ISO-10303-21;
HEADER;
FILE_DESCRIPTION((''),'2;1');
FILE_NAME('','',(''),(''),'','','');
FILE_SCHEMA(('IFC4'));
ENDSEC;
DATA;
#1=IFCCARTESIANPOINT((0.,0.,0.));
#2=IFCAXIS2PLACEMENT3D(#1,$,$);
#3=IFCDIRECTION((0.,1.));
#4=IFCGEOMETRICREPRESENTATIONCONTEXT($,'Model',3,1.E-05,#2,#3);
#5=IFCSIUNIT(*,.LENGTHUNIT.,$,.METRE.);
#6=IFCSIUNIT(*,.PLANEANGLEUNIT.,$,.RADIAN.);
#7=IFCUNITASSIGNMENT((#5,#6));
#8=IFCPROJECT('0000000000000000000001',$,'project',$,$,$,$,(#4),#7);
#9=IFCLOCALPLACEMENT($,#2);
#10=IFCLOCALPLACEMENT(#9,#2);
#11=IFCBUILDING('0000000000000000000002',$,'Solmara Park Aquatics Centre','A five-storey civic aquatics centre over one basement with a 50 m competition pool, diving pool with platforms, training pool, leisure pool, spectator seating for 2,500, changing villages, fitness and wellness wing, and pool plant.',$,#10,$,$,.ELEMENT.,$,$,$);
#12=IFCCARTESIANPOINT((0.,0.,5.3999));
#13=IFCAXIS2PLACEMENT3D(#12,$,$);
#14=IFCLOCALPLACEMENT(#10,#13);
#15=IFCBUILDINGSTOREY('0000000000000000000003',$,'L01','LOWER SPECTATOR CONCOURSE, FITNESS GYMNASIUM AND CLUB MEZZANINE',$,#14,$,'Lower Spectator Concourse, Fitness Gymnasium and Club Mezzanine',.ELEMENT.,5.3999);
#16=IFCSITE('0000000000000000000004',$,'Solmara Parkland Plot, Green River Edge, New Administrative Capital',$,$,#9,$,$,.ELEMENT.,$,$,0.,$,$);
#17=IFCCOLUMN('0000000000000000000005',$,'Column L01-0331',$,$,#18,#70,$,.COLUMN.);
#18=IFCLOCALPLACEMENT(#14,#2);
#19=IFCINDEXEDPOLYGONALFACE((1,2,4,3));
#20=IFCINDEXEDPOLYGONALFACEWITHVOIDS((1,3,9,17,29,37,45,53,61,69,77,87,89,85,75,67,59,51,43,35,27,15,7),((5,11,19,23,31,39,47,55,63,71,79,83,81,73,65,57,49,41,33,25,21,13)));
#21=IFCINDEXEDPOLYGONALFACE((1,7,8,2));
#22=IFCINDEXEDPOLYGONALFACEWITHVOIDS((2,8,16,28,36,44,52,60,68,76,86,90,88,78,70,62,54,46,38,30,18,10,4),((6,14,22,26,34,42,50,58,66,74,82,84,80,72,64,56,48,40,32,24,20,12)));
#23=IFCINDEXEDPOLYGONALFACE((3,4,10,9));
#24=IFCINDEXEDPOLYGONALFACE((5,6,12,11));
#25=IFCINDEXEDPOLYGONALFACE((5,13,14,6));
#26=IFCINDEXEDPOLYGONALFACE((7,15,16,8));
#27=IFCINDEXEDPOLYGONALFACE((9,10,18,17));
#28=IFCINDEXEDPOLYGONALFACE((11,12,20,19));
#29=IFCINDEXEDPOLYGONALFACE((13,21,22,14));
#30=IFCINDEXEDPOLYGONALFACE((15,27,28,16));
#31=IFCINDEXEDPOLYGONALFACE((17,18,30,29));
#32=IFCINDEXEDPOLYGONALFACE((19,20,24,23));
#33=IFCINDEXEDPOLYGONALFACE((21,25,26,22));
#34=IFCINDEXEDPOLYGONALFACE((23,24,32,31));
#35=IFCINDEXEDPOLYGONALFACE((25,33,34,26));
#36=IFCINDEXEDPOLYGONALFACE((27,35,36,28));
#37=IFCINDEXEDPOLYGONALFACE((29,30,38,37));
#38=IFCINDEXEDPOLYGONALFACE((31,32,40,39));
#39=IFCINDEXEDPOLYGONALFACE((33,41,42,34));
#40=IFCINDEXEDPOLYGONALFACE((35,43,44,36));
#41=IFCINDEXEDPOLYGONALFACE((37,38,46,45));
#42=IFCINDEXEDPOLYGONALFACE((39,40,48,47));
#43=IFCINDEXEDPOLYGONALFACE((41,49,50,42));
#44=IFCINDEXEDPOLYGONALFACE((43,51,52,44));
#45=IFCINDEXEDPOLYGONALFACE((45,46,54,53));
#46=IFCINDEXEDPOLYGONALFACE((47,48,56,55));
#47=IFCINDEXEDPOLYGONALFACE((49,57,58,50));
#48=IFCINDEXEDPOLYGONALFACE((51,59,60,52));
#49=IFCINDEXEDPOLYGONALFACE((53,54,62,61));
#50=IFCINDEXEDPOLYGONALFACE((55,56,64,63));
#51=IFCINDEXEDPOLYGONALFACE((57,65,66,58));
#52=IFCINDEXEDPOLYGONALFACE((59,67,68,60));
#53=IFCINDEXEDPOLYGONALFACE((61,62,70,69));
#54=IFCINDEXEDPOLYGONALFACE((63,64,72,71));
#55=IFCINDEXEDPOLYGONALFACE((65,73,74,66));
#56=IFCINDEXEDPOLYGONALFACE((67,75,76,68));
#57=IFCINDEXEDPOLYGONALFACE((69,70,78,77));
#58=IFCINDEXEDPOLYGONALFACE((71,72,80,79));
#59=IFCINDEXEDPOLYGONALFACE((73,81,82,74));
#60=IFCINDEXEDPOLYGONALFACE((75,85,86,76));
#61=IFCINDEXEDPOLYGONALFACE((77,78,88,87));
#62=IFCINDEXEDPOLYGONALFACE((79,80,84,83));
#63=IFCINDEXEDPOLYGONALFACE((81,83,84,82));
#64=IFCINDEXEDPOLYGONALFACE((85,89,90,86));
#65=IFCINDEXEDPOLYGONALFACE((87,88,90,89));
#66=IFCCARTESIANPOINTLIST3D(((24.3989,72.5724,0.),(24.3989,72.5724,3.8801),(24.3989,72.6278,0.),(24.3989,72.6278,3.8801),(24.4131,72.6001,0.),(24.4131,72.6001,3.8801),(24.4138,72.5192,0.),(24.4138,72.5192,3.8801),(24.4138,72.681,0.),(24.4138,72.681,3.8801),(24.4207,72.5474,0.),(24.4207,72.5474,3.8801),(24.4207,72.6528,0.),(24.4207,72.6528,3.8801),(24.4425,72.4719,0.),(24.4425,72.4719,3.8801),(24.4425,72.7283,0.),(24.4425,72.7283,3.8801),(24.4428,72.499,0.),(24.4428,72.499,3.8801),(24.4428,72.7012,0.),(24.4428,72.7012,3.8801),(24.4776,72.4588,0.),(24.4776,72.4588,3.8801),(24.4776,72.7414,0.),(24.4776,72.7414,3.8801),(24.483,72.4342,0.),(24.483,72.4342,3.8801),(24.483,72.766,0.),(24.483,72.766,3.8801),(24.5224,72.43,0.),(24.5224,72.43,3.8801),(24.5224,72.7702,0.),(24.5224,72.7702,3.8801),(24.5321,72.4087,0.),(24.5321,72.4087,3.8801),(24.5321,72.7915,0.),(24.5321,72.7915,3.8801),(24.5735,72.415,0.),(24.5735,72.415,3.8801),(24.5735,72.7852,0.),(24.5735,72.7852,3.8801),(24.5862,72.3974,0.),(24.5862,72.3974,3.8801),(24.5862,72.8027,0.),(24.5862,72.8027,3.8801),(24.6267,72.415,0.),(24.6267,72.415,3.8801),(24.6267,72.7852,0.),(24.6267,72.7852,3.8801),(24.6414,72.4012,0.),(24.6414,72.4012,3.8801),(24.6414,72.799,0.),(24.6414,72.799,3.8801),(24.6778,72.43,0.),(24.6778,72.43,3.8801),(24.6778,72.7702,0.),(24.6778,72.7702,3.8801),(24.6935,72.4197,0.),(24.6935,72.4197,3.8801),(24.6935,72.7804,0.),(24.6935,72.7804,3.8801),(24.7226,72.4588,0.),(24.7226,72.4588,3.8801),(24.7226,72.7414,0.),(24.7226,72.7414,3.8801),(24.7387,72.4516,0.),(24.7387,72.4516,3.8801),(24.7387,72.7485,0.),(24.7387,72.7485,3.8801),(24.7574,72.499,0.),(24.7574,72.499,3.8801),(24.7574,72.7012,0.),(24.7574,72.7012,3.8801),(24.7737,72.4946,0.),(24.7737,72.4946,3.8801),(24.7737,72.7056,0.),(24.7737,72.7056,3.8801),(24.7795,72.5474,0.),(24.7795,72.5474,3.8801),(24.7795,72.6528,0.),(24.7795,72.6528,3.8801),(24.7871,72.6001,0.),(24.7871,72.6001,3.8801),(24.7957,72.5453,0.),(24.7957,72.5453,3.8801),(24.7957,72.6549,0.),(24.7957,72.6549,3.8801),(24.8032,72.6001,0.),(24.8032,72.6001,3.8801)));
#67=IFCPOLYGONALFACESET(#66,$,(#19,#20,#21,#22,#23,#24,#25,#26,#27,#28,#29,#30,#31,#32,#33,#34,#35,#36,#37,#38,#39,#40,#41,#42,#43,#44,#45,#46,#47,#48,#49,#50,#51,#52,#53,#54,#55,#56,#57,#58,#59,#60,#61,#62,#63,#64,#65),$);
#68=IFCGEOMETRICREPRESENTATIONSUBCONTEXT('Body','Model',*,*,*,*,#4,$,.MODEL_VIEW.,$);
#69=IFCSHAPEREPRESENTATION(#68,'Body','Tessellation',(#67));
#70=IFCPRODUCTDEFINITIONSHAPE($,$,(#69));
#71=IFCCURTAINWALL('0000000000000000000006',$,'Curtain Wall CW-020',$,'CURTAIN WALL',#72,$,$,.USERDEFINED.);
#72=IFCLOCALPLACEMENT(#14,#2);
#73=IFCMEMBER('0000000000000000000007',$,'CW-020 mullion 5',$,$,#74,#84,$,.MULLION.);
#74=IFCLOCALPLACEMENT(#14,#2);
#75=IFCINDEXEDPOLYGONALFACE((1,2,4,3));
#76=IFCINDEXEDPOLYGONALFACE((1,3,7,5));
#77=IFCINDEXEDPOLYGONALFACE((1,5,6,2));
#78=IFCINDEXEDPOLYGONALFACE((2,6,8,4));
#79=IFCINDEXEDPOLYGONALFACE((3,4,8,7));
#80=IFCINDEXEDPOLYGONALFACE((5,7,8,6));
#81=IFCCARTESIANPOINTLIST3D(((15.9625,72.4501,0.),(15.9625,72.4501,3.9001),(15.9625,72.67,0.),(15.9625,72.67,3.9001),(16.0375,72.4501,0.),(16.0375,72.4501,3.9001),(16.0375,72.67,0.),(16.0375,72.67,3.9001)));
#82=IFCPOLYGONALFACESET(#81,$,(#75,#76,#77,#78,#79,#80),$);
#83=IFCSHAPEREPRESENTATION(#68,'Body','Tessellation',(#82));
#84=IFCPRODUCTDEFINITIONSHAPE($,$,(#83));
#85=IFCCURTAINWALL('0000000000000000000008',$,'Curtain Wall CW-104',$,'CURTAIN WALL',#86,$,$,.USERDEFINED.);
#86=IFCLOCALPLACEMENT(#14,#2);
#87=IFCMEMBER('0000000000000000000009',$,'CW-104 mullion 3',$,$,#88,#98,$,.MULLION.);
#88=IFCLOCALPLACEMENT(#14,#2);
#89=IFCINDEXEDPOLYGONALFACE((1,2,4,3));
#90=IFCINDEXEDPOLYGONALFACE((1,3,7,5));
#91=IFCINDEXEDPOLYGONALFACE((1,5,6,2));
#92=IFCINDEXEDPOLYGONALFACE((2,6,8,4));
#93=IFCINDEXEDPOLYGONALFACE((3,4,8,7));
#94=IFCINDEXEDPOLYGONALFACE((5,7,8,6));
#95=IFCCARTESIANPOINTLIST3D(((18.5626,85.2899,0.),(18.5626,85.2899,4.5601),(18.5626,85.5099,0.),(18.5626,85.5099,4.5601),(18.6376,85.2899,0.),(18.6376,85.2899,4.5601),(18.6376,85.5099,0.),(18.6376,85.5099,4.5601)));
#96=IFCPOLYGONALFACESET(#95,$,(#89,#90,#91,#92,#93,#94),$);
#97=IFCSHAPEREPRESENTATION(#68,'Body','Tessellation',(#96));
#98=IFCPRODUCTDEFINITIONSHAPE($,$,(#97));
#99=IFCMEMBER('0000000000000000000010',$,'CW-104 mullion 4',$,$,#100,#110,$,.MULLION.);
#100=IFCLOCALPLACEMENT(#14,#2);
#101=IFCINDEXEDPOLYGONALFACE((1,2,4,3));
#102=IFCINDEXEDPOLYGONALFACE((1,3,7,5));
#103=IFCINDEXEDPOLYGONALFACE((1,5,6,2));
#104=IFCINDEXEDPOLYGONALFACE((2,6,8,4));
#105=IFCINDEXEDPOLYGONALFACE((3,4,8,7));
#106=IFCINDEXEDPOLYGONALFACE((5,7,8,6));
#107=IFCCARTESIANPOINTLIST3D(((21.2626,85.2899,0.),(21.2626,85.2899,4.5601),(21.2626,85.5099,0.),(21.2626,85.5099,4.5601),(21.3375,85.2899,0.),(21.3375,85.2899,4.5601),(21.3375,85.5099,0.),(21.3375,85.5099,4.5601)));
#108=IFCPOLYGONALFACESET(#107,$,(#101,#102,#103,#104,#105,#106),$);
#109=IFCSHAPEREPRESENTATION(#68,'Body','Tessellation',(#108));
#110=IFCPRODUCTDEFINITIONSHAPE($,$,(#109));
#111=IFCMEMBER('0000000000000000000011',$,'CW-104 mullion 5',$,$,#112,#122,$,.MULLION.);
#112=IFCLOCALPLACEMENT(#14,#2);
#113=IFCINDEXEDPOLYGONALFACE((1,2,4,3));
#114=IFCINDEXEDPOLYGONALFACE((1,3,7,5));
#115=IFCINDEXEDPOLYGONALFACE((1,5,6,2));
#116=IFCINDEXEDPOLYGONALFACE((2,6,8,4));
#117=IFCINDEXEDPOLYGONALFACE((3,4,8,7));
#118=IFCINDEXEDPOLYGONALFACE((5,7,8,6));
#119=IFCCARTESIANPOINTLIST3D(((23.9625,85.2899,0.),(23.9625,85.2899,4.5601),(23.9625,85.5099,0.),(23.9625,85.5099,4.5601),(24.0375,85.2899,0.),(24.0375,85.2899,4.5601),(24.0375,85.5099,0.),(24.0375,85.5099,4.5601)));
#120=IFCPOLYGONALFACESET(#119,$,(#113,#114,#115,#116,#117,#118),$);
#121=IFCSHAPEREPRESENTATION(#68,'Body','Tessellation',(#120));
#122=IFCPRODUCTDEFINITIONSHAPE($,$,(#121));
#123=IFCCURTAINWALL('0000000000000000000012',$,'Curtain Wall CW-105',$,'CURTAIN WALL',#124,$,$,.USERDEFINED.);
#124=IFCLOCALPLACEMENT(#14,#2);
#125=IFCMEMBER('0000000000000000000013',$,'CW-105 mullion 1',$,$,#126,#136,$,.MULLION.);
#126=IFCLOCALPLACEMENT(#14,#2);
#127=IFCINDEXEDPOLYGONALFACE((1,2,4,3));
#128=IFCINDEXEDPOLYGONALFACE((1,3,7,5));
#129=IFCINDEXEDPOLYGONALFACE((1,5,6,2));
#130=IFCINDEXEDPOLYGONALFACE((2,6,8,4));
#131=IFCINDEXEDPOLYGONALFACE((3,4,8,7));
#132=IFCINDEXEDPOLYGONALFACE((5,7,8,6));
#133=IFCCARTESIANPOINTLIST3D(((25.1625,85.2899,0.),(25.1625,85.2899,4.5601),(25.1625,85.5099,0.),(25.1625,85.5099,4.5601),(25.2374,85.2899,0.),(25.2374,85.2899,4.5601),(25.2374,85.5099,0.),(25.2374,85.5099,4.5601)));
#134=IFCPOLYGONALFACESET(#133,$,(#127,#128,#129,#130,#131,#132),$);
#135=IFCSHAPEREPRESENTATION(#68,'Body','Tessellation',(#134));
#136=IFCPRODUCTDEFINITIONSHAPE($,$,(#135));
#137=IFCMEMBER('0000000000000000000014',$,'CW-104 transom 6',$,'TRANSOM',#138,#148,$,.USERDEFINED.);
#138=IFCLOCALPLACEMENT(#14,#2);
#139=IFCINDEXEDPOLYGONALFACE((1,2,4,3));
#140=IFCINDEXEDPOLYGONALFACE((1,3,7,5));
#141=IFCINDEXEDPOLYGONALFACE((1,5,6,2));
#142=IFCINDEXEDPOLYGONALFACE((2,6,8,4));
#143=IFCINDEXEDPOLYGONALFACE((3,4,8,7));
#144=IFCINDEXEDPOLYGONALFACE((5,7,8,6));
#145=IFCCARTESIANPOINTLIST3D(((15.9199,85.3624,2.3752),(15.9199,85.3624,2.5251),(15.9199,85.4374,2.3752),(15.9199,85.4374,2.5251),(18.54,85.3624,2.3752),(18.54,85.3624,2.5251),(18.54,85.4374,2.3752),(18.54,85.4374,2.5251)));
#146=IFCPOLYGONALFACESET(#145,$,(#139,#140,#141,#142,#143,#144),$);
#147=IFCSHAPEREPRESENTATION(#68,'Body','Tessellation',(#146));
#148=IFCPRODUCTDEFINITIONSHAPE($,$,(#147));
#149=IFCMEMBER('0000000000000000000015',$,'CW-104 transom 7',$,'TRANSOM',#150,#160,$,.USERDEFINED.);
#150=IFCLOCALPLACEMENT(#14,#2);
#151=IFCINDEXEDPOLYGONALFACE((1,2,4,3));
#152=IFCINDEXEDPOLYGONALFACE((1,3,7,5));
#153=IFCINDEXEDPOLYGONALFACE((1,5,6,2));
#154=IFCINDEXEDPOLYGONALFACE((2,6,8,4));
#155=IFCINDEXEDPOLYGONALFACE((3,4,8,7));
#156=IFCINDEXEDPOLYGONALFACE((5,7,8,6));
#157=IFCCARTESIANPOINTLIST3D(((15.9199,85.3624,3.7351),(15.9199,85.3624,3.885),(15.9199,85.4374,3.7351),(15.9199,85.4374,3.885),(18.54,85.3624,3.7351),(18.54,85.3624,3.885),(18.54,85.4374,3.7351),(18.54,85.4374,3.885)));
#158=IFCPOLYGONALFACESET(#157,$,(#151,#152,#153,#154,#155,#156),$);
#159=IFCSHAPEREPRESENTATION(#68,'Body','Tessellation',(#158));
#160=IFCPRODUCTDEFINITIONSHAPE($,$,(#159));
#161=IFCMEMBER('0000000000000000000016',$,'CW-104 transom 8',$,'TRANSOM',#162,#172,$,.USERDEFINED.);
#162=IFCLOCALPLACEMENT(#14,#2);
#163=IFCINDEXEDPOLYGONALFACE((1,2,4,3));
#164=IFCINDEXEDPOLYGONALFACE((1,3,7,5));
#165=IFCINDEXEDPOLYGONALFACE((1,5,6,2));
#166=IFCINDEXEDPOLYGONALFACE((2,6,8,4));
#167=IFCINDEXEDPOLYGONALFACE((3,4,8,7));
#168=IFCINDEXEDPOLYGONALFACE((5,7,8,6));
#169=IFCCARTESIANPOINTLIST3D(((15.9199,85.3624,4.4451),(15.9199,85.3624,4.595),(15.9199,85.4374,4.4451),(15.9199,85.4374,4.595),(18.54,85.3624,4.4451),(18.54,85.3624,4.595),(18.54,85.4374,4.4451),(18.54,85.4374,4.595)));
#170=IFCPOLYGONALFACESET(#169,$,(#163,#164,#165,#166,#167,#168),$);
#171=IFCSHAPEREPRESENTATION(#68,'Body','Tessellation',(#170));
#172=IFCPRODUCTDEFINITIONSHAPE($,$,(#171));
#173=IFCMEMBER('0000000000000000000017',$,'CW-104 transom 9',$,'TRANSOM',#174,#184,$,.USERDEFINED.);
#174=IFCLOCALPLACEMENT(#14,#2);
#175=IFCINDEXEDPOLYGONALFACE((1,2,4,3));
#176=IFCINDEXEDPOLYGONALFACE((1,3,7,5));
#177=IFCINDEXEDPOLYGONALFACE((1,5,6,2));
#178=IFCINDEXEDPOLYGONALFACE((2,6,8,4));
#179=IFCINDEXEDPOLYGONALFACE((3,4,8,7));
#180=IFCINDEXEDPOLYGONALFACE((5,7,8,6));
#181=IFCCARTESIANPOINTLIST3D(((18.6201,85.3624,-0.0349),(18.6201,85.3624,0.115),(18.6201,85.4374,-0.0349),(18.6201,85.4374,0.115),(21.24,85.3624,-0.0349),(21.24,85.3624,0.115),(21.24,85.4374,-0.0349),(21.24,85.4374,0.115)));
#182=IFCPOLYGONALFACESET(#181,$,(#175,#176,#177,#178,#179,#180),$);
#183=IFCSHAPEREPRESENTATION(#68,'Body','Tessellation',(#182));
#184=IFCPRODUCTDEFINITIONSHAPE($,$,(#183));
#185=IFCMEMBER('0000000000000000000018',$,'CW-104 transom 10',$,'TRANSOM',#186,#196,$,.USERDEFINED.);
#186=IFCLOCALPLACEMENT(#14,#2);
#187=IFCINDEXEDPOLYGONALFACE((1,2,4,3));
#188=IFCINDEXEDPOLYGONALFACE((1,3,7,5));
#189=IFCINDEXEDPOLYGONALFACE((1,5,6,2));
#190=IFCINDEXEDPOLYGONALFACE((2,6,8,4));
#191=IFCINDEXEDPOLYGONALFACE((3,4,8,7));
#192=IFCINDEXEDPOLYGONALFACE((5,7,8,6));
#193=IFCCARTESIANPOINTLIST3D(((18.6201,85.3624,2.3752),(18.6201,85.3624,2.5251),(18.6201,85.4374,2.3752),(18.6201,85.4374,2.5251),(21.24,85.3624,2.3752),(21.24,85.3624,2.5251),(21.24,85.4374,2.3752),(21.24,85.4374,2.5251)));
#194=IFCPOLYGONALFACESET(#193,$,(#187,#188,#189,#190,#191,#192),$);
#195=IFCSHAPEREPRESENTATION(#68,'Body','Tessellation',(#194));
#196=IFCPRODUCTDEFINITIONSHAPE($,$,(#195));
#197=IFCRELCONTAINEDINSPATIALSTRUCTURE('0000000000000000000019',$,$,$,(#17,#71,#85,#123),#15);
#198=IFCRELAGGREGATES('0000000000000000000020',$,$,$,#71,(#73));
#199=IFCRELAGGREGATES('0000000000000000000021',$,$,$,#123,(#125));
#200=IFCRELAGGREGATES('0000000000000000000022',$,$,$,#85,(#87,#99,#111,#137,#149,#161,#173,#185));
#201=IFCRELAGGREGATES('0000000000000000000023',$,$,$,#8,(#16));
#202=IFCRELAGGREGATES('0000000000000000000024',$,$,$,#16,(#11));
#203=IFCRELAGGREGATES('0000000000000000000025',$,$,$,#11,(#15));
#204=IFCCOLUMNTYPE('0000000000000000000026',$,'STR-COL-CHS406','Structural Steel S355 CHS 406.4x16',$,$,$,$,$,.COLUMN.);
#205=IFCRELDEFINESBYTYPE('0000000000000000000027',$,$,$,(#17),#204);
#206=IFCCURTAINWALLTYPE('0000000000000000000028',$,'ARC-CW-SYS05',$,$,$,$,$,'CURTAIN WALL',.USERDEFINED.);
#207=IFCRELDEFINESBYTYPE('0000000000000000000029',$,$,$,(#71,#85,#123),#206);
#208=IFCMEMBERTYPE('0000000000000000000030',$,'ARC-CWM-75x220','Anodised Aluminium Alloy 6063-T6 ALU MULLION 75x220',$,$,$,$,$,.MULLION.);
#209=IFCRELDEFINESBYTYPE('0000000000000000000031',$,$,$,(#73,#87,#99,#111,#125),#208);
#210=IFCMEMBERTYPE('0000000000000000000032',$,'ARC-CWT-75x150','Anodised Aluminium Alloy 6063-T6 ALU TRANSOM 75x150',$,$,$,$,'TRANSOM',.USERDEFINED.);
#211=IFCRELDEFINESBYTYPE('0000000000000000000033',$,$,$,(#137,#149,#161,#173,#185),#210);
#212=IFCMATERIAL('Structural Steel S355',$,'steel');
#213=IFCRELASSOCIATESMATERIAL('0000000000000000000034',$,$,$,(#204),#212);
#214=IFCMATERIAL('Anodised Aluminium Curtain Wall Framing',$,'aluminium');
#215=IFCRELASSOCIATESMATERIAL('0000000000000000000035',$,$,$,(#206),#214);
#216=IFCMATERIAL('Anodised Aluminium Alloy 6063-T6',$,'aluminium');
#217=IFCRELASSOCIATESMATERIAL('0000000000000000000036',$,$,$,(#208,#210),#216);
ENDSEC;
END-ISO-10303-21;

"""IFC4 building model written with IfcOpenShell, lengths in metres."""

from ifc_helpers import new_model, si_unit, direction, frame, origin, origin_2d, place, context, subcontext, project, spatial, rectangle, hollow_circle, extrude, material, material_profile, profile_set, type_object, element, aggregate, save


model = new_model("IFC4")

# Units and contexts
model_context = context("Model", 3, precision=1e-05, world=origin(), true_north=direction((0.0, 1.0)))
body_context = subcontext(model_context, "Body", "Model", "MODEL_VIEW")
ifc_project = project(units=[si_unit("LENGTHUNIT", "METRE"), si_unit("PLANEANGLEUNIT", "RADIAN")], contexts=[model_context])

# Site, building, storey
site_placement = place(None, origin())
site = spatial("IfcSite", under=ifc_project, at=site_placement, Name="Solmara Parkland Plot, Green River Edge, New Administrative Capital", CompositionType="ELEMENT", RefElevation=0.0)
building_placement = place(site_placement, origin())
building = spatial("IfcBuilding", under=site, at=building_placement, Name="Solmara Park Aquatics Centre", Description="A five-storey civic aquatics centre over one basement with a 50 m competition pool, diving pool with platforms, training pool, leisure pool, spectator seating for 2,500, changing villages, fitness and wellness wing, and pool plant.", CompositionType="ELEMENT")
storey_placement = place(building_placement, frame((0.0, 0.0, 5.3999)))
storey = spatial("IfcBuildingStorey", under=building, at=storey_placement, Name="L01", Description="LOWER SPECTATOR CONCOURSE, FITNESS GYMNASIUM AND CLUB MEZZANINE", LongName="Lower Spectator Concourse, Fitness Gymnasium and Club Mezzanine", CompositionType="ELEMENT", Elevation=5.3999)

# Column
ifc_material_1 = material(Name="Structural Steel S355", Category="steel")
ifc_material_profile_1 = material_profile(ifc_material_1, hollow_circle(Radius=0.2031, WallThickness=0.0161, at=origin_2d()), Name="CHS 406.4x16")
ifc_profile_set_1 = profile_set([ifc_material_profile_1], Name="Structural Steel S355")
column_type = type_object("IfcColumnType", Name="STR-COL-CHS406", Description="Structural Steel S355 CHS 406.4x16", PredefinedType="COLUMN", material=ifc_profile_set_1)
column_placement = place(storey_placement, frame((24.6001, 72.6001, 0.0), z_axis=(0.0, 0.0, 1.0), x_axis=(1.0, 0.0, 0.0)))
element("IfcColumn", 1, at=column_placement, inside=storey, type_object=column_type, Name="Column L01-0331", PredefinedType="COLUMN", context=body_context, shape_type="SweptSolid", body=[
    extrude(hollow_circle(Radius=0.2031, WallThickness=0.0161, at=origin_2d()), origin(), (0.0, 0.0, 1.0), 3.8801),
])

# Curtain wall, member
ifc_material_2 = material(Name="Anodised Aluminium Curtain Wall Framing", Category="aluminium")
curtain_wall_type = type_object("IfcCurtainWallType", Name="ARC-CW-SYS05", ElementType="CURTAIN WALL", PredefinedType="USERDEFINED", material=ifc_material_2)
curtain_wall_1_placement = place(storey_placement, origin())
curtain_wall_1 = element("IfcCurtainWall", 2, at=curtain_wall_1_placement, inside=storey, type_object=curtain_wall_type, Name="Curtain Wall CW-020", ObjectType="CURTAIN WALL", PredefinedType="USERDEFINED")
ifc_material_3 = material(Name="Anodised Aluminium Alloy 6063-T6", Category="aluminium")
ifc_material_profile_2 = material_profile(ifc_material_3, rectangle(XDim=0.075, YDim=0.22, at=origin_2d()), Name="ALU MULLION 75x220")
ifc_profile_set_2 = profile_set([ifc_material_profile_2], Name="Anodised Aluminium Alloy 6063-T6")
member_type_1 = type_object("IfcMemberType", Name="ARC-CWM-75x220", Description="Anodised Aluminium Alloy 6063-T6 ALU MULLION 75x220", PredefinedType="MULLION", material=ifc_profile_set_2)
member_1_placement = place(storey_placement, frame((16.0, 72.5601, 0.0), z_axis=(0.0, 0.0, 1.0), x_axis=(1.0, 0.0, 0.0)))
member_1 = element("IfcMember", 3, at=member_1_placement, type_object=member_type_1, Name="CW-020 mullion 5", PredefinedType="MULLION", context=body_context, shape_type="SweptSolid", body=[
    extrude(rectangle(XDim=0.075, YDim=0.22, at=origin_2d()), origin(), (0.0, 0.0, 1.0), 3.9001),
])
aggregate(curtain_wall_1, [member_1])

# Curtain wall, members
curtain_wall_2_placement = place(storey_placement, origin())
curtain_wall_2 = element("IfcCurtainWall", 4, at=curtain_wall_2_placement, inside=storey, type_object=curtain_wall_type, Name="Curtain Wall CW-104", ObjectType="CURTAIN WALL", PredefinedType="USERDEFINED")
member_2_placement = place(storey_placement, frame((18.6001, 85.3999, 0.0), z_axis=(0.0, 0.0, 1.0), x_axis=(1.0, 0.0, 0.0)))
member_2 = element("IfcMember", 5, at=member_2_placement, type_object=member_type_1, Name="CW-104 mullion 3", PredefinedType="MULLION", context=body_context, shape_type="SweptSolid", body=[
    extrude(rectangle(XDim=0.075, YDim=0.22, at=origin_2d()), origin(), (0.0, 0.0, 1.0), 4.5601),
])
member_3_placement = place(storey_placement, frame((21.3, 85.3999, 0.0), z_axis=(0.0, 0.0, 1.0), x_axis=(1.0, 0.0, 0.0)))
member_3 = element("IfcMember", 6, at=member_3_placement, type_object=member_type_1, Name="CW-104 mullion 4", PredefinedType="MULLION", context=body_context, shape_type="SweptSolid", body=[
    extrude(rectangle(XDim=0.075, YDim=0.22, at=origin_2d()), origin(), (0.0, 0.0, 1.0), 4.5601),
])
member_4_placement = place(storey_placement, frame((24.0, 85.3999, 0.0), z_axis=(0.0, 0.0, 1.0), x_axis=(1.0, 0.0, 0.0)))
member_4 = element("IfcMember", 7, at=member_4_placement, type_object=member_type_1, Name="CW-104 mullion 5", PredefinedType="MULLION", context=body_context, shape_type="SweptSolid", body=[
    extrude(rectangle(XDim=0.075, YDim=0.22, at=origin_2d()), origin(), (0.0, 0.0, 1.0), 4.5601),
])

# Curtain wall, member
curtain_wall_3_placement = place(storey_placement, origin())
curtain_wall_3 = element("IfcCurtainWall", 8, at=curtain_wall_3_placement, inside=storey, type_object=curtain_wall_type, Name="Curtain Wall CW-105", ObjectType="CURTAIN WALL", PredefinedType="USERDEFINED")
member_5_placement = place(storey_placement, frame((25.2, 85.3999, 0.0), z_axis=(0.0, 0.0, 1.0), x_axis=(1.0, 0.0, 0.0)))
member_5 = element("IfcMember", 9, at=member_5_placement, type_object=member_type_1, Name="CW-105 mullion 1", PredefinedType="MULLION", context=body_context, shape_type="SweptSolid", body=[
    extrude(rectangle(XDim=0.075, YDim=0.22, at=origin_2d()), origin(), (0.0, 0.0, 1.0), 4.5601),
])

# Members
ifc_material_profile_3 = material_profile(ifc_material_3, rectangle(XDim=0.075, YDim=0.1499, at=origin_2d()), Name="ALU TRANSOM 75x150")
ifc_profile_set_3 = profile_set([ifc_material_profile_3], Name="Anodised Aluminium Alloy 6063-T6")
member_type_2 = type_object("IfcMemberType", Name="ARC-CWT-75x150", Description="Anodised Aluminium Alloy 6063-T6 ALU TRANSOM 75x150", ElementType="TRANSOM", PredefinedType="USERDEFINED", material=ifc_profile_set_3)
member_6_placement = place(storey_placement, frame((15.9199, 85.3999, 2.4502), z_axis=(1.0, 0.0, 0.0), x_axis=(0.0, 1.0, 0.0)))
member_6 = element("IfcMember", 10, at=member_6_placement, type_object=member_type_2, Name="CW-104 transom 6", ObjectType="TRANSOM", PredefinedType="USERDEFINED", context=body_context, shape_type="SweptSolid", body=[
    extrude(rectangle(XDim=0.075, YDim=0.1499, at=origin_2d()), origin(), (0.0, 0.0, 1.0), 2.6201),
])
member_7_placement = place(storey_placement, frame((15.9199, 85.3999, 3.8101), z_axis=(1.0, 0.0, 0.0), x_axis=(0.0, 1.0, 0.0)))
member_7 = element("IfcMember", 11, at=member_7_placement, type_object=member_type_2, Name="CW-104 transom 7", ObjectType="TRANSOM", PredefinedType="USERDEFINED", context=body_context, shape_type="SweptSolid", body=[
    extrude(rectangle(XDim=0.075, YDim=0.1499, at=origin_2d()), origin(), (0.0, 0.0, 1.0), 2.6201),
])
member_8_placement = place(storey_placement, frame((15.9199, 85.3999, 4.52), z_axis=(1.0, 0.0, 0.0), x_axis=(0.0, 1.0, 0.0)))
member_8 = element("IfcMember", 12, at=member_8_placement, type_object=member_type_2, Name="CW-104 transom 8", ObjectType="TRANSOM", PredefinedType="USERDEFINED", context=body_context, shape_type="SweptSolid", body=[
    extrude(rectangle(XDim=0.075, YDim=0.1499, at=origin_2d()), origin(), (0.0, 0.0, 1.0), 2.6201),
])
member_9_placement = place(storey_placement, frame((18.6201, 85.3999, 0.04), z_axis=(1.0, 0.0, 0.0), x_axis=(0.0, 1.0, 0.0)))
member_9 = element("IfcMember", 13, at=member_9_placement, type_object=member_type_2, Name="CW-104 transom 9", ObjectType="TRANSOM", PredefinedType="USERDEFINED", context=body_context, shape_type="SweptSolid", body=[
    extrude(rectangle(XDim=0.075, YDim=0.1499, at=origin_2d()), origin(), (0.0, 0.0, 1.0), 2.6199),
])
member_10_placement = place(storey_placement, frame((18.6201, 85.3999, 2.4502), z_axis=(1.0, 0.0, 0.0), x_axis=(0.0, 1.0, 0.0)))
member_10 = element("IfcMember", 14, at=member_10_placement, type_object=member_type_2, Name="CW-104 transom 10", ObjectType="TRANSOM", PredefinedType="USERDEFINED", context=body_context, shape_type="SweptSolid", body=[
    extrude(rectangle(XDim=0.075, YDim=0.1499, at=origin_2d()), origin(), (0.0, 0.0, 1.0), 2.6199),
])
aggregate(curtain_wall_3, [member_5])

aggregate(curtain_wall_2, [member_2, member_3, member_4, member_6, member_7, member_8, member_9, member_10])

save(model, "model.ifc")
